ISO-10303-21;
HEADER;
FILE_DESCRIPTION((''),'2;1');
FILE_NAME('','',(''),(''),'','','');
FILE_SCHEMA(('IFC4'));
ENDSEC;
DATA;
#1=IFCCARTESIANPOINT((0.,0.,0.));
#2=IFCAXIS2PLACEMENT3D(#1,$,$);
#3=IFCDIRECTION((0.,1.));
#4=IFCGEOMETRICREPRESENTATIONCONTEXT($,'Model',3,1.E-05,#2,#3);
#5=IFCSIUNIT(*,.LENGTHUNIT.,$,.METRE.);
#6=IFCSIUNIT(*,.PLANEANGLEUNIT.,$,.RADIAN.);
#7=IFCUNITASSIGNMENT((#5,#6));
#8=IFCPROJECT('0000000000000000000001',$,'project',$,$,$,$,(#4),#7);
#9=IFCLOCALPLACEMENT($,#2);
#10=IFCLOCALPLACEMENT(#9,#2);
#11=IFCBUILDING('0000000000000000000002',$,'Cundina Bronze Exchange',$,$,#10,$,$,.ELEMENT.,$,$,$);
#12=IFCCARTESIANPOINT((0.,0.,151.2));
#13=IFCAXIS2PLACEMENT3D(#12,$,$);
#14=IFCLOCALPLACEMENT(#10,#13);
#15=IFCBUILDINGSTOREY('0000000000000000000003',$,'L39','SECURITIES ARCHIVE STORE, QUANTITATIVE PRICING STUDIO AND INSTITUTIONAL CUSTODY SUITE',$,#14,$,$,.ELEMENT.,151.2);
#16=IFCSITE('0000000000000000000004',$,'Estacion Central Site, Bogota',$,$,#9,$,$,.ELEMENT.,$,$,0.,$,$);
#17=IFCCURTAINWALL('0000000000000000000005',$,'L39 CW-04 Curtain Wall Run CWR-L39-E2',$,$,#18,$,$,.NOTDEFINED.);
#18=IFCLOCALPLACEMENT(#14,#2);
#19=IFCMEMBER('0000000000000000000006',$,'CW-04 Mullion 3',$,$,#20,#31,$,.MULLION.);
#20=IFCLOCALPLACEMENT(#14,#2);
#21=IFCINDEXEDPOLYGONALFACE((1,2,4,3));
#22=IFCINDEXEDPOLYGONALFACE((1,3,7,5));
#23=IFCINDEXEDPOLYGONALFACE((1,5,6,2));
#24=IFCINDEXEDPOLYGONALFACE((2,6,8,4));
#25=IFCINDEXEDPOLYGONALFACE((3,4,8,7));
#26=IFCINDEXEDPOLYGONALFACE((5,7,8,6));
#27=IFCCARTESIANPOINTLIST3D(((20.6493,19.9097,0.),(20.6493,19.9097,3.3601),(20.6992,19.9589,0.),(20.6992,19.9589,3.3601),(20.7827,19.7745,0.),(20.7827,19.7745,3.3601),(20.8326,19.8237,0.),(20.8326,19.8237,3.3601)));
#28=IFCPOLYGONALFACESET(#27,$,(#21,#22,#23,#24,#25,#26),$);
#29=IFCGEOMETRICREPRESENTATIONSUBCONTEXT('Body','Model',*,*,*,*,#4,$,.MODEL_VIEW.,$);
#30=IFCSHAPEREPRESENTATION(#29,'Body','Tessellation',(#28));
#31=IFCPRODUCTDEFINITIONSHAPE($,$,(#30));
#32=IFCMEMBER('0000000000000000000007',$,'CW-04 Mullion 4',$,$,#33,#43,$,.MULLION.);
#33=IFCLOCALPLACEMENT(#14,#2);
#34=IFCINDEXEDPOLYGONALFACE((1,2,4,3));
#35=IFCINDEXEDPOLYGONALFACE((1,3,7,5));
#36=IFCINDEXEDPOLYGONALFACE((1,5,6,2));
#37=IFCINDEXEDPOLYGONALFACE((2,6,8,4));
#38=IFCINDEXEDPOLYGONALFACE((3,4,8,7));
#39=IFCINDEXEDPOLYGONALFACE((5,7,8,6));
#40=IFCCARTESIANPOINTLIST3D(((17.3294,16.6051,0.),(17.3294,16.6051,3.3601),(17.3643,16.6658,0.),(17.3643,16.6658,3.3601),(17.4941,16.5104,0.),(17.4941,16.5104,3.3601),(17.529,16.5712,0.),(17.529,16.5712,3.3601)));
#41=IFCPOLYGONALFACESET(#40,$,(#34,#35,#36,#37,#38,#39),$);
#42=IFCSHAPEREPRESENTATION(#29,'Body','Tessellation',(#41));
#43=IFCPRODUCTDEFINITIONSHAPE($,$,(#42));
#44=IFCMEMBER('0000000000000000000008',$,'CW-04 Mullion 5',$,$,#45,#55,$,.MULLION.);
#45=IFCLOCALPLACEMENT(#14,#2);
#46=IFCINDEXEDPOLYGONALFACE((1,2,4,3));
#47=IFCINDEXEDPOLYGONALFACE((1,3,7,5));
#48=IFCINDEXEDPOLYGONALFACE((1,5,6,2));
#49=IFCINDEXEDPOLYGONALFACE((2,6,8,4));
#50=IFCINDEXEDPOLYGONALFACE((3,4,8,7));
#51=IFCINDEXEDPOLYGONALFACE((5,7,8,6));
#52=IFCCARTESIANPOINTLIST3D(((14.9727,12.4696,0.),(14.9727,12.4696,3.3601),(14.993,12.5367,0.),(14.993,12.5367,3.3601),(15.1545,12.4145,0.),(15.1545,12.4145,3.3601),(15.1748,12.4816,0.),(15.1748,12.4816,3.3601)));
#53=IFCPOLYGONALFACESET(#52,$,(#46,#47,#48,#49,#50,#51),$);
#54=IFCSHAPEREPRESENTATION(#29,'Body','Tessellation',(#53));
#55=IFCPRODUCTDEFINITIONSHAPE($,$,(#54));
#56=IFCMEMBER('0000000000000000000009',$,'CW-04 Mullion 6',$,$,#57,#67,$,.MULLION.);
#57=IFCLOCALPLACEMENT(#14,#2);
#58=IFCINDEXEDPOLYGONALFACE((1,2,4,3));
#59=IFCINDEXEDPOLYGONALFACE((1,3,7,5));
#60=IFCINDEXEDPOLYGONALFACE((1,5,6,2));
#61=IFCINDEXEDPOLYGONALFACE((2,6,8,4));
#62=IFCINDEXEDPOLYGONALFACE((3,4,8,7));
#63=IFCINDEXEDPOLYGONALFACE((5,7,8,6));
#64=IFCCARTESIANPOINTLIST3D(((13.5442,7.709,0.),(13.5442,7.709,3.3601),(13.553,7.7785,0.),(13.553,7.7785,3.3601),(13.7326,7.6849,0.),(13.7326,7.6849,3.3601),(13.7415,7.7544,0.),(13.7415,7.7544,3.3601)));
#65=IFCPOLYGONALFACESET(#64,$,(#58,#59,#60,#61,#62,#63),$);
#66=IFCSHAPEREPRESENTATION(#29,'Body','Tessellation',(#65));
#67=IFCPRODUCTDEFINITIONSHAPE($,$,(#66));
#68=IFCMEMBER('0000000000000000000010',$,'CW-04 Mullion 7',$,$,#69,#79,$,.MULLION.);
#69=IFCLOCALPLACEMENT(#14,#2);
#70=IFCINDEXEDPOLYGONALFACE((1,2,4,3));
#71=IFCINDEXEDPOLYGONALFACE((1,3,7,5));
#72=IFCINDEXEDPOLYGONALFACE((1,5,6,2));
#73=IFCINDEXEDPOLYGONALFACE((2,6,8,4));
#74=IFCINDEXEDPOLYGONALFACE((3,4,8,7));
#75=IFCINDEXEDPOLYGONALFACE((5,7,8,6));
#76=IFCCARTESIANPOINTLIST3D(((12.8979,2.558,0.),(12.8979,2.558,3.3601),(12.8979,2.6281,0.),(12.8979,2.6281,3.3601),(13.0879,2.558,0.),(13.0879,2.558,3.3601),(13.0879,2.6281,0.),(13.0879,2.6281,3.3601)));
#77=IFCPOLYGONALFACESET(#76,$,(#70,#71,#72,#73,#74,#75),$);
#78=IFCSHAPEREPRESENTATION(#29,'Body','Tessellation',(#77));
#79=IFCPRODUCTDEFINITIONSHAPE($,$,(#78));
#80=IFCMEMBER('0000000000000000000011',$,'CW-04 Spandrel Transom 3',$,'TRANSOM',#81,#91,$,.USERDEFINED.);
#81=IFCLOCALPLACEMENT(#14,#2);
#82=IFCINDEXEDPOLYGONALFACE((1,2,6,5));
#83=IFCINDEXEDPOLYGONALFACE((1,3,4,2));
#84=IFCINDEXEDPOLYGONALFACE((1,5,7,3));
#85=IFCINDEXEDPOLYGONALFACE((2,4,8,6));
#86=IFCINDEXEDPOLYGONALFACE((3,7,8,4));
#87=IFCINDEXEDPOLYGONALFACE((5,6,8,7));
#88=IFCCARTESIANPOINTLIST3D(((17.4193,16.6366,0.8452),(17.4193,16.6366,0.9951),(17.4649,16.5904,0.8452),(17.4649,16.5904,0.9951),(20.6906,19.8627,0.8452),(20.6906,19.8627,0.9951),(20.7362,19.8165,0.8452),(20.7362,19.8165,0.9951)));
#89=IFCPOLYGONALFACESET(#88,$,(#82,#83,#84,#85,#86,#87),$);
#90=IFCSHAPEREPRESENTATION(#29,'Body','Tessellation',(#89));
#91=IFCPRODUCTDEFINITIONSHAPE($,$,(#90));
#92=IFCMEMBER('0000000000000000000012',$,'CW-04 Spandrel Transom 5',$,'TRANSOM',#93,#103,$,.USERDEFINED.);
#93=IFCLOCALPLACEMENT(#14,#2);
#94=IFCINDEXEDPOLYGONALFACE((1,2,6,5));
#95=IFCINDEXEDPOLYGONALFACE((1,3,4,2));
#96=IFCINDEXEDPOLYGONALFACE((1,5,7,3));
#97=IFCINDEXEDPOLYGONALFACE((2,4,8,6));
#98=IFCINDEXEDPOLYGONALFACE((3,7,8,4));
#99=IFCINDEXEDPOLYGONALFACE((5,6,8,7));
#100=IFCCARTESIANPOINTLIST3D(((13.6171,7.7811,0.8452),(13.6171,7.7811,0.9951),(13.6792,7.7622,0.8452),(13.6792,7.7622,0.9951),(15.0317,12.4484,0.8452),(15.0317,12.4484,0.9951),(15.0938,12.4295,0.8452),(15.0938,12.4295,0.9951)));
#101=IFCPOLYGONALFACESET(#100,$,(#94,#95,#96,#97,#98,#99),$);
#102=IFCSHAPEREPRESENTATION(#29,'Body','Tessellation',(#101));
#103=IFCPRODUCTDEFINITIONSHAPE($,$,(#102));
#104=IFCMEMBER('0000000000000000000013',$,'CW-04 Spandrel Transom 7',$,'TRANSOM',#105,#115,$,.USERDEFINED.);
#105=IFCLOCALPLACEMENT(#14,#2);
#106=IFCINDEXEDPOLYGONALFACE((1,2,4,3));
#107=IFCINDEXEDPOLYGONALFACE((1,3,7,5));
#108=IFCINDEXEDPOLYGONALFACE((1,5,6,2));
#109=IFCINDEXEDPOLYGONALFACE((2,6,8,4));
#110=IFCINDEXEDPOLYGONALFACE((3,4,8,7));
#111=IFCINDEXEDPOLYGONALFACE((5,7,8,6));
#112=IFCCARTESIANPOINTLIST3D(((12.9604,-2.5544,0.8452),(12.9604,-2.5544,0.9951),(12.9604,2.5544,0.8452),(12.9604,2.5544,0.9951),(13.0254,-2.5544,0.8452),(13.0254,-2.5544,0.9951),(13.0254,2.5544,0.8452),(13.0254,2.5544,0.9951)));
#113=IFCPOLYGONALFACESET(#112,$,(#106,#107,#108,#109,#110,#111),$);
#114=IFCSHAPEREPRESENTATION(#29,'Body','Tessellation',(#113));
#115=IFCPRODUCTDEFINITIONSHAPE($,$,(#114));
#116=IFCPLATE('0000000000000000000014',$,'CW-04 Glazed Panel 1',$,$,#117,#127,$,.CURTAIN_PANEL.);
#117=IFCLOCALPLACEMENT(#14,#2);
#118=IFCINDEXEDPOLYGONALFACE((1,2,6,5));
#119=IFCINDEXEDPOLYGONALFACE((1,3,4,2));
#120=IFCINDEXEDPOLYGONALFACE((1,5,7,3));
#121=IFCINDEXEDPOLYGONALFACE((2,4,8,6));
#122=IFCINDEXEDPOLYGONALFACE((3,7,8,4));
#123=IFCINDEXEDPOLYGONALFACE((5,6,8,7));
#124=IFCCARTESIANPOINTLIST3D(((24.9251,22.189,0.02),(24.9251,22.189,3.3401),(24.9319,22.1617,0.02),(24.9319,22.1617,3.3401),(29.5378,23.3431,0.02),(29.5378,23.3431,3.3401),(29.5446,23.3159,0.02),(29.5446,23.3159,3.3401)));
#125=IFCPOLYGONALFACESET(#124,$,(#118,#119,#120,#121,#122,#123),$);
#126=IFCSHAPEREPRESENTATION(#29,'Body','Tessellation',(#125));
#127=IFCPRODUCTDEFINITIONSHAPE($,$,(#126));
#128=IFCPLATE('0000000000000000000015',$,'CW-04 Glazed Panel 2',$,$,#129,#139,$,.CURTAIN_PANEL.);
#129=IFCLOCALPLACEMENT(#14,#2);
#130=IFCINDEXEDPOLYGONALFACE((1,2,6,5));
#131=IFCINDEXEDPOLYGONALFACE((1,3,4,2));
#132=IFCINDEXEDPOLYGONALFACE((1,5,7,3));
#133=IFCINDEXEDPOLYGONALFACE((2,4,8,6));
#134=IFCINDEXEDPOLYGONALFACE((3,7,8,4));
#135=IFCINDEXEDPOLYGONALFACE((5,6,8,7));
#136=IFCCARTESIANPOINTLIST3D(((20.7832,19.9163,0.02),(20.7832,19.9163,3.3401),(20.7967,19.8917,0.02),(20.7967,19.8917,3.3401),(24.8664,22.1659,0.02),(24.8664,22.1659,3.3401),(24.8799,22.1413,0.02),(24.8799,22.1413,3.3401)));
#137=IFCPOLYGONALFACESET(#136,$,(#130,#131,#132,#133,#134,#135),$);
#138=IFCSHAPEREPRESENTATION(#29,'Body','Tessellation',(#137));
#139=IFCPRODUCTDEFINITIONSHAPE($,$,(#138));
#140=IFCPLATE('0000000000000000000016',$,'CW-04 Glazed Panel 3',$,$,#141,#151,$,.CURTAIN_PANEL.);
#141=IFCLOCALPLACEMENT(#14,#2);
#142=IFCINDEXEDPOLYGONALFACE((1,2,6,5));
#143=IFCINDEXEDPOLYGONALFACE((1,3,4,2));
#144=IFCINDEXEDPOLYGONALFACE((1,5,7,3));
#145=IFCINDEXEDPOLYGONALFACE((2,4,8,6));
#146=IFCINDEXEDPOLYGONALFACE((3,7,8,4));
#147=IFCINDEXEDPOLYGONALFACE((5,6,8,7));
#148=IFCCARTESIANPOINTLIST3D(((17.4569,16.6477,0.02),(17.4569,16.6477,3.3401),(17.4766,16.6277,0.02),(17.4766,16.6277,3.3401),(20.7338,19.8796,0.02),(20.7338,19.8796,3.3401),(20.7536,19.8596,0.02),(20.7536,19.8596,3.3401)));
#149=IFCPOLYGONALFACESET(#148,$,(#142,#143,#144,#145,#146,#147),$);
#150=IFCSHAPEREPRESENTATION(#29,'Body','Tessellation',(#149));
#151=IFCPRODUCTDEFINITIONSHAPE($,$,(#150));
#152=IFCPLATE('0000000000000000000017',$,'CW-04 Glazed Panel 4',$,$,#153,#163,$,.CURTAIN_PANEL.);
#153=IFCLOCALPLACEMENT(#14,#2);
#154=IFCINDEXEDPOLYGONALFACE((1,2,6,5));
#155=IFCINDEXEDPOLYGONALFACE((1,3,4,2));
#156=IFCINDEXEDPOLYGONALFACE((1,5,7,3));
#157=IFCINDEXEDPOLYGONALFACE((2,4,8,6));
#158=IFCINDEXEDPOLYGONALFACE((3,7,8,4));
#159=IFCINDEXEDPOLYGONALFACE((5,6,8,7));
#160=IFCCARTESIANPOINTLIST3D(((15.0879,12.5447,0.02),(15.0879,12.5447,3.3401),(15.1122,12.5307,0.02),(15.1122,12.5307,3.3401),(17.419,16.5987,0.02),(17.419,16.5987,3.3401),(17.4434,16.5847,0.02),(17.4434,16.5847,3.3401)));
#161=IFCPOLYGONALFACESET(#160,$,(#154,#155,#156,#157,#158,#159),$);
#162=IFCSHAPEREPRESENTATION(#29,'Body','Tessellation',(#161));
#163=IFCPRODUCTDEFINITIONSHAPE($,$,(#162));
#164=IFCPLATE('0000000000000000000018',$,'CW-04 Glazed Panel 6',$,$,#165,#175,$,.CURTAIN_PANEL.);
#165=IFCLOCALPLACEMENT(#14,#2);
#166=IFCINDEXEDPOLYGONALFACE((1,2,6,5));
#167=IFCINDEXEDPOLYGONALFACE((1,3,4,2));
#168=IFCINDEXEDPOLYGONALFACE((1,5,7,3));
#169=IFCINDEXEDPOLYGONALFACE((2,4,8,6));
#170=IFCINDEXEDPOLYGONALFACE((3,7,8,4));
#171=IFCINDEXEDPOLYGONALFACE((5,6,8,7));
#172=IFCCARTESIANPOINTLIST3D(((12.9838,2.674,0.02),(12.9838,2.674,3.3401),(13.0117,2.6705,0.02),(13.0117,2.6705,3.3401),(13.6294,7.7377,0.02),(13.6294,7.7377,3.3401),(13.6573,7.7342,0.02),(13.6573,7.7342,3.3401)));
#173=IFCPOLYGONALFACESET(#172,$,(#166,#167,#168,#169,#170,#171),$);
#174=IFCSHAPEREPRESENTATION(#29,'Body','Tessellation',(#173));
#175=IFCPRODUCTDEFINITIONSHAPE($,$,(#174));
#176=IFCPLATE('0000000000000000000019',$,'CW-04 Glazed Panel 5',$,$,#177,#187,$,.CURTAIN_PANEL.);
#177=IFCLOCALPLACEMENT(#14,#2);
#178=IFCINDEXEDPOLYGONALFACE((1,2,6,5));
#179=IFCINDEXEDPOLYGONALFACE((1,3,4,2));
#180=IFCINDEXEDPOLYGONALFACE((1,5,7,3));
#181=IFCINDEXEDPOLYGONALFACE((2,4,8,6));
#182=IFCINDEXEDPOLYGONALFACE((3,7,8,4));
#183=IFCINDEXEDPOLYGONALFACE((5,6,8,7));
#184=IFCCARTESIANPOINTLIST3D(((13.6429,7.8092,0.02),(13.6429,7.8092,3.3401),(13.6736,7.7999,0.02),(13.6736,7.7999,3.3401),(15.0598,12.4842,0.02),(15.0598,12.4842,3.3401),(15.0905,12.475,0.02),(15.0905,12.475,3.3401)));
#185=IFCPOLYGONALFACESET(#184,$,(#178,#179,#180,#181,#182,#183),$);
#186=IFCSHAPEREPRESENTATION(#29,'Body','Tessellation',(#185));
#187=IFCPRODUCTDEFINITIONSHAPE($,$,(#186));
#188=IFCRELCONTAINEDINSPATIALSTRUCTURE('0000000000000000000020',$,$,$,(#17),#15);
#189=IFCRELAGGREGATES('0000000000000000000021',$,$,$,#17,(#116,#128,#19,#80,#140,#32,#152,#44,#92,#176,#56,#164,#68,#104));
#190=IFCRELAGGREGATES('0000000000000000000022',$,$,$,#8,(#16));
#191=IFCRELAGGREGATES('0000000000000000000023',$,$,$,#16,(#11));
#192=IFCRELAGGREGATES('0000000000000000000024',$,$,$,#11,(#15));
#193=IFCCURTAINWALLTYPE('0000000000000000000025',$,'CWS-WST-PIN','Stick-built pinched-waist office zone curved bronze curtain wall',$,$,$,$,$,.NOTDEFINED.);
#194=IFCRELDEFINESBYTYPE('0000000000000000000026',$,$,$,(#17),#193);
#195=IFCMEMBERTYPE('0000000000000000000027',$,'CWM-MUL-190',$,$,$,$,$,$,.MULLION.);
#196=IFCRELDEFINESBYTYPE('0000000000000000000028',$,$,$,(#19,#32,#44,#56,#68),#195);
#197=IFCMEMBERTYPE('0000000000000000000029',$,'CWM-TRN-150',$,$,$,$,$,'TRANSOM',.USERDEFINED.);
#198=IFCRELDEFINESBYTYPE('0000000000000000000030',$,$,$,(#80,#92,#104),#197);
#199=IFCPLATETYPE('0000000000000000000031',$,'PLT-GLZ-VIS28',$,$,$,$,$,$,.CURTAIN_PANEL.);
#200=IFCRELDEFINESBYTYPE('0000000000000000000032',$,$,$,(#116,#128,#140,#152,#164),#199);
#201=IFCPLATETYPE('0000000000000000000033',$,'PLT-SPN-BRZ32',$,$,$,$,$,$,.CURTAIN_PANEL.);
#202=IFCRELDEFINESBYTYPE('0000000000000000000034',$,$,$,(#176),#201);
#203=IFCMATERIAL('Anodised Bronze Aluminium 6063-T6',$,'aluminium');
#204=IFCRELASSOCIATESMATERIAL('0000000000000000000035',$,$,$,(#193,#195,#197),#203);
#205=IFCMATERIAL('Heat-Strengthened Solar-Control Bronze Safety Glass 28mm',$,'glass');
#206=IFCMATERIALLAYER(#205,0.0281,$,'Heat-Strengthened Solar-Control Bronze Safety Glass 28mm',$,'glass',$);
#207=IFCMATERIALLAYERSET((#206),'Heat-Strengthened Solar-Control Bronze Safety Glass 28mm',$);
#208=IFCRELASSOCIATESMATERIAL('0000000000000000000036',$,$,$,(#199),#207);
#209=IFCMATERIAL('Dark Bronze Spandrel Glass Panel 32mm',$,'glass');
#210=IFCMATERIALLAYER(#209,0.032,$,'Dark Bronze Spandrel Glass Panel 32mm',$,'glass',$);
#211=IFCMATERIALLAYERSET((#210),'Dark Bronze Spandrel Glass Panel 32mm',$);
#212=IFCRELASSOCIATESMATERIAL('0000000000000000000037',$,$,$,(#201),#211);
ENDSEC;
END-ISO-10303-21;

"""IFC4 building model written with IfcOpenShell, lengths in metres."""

from ifc_helpers import new_model, si_unit, direction, frame, origin, origin_2d, place, context, subcontext, project, spatial, rectangle, extrude, material, layer, layer_set, material_profile, profile_set, type_object, element, aggregate, save


model = new_model("IFC4")

# Units and contexts
model_context = context("Model", 3, precision=1e-05, world=origin(), true_north=direction((0.0, 1.0)))
body_context = subcontext(model_context, "Body", "Model", "MODEL_VIEW")
ifc_project = project(units=[si_unit("LENGTHUNIT", "METRE"), si_unit("PLANEANGLEUNIT", "RADIAN")], contexts=[model_context])

# Site, building, storey
site_placement = place(None, origin())
site = spatial("IfcSite", under=ifc_project, at=site_placement, Name="Estacion Central Site, Bogota", CompositionType="ELEMENT", RefElevation=0.0)
building_placement = place(site_placement, origin())
building = spatial("IfcBuilding", under=site, at=building_placement, Name="Cundina Bronze Exchange", CompositionType="ELEMENT")
storey_placement = place(building_placement, frame((0.0, 0.0, 151.2)))
storey = spatial("IfcBuildingStorey", under=building, at=storey_placement, Name="L39", Description="SECURITIES ARCHIVE STORE, QUANTITATIVE PRICING STUDIO AND INSTITUTIONAL CUSTODY SUITE", CompositionType="ELEMENT", Elevation=151.2)

# Curtain wall, members, plates
ifc_material_1 = material(Name="Anodised Bronze Aluminium 6063-T6", Category="aluminium")
curtain_wall_type = type_object("IfcCurtainWallType", Name="CWS-WST-PIN", Description="Stick-built pinched-waist office zone curved bronze curtain wall", PredefinedType="NOTDEFINED", material=ifc_material_1)
curtain_wall_placement = place(storey_placement, origin())
curtain_wall = element("IfcCurtainWall", 1, at=curtain_wall_placement, inside=storey, type_object=curtain_wall_type, Name="L39 CW-04 Curtain Wall Run CWR-L39-E2", PredefinedType="NOTDEFINED")
ifc_material_profile_1 = material_profile(ifc_material_1, rectangle(XDim=0.0701, YDim=0.1899, at=origin_2d()), Name="AL70X190", Category="aluminium")
ifc_profile_set_1 = profile_set([ifc_material_profile_1], Name="Anodised Bronze Aluminium 6063-T6")
member_type_1 = type_object("IfcMemberType", Name="CWM-MUL-190", PredefinedType="MULLION", material=ifc_profile_set_1)
member_1_placement = place(storey_placement, frame((20.741, 19.8667, 0.0), z_axis=(0.0, 0.0, 1.0), x_axis=(-0.712026, -0.702153, 0.0)))
member_1 = element("IfcMember", 2, at=member_1_placement, type_object=member_type_1, Name="CW-04 Mullion 3", PredefinedType="MULLION", context=body_context, shape_type="SweptSolid", body=[
    extrude(rectangle(XDim=0.0701, YDim=0.1899, at=origin_2d()), origin(), (0.0, 0.0, 1.0), 3.3601),
])
member_2_placement = place(storey_placement, frame((17.4292, 16.5881, 0.0), z_axis=(0.0, 0.0, 1.0), x_axis=(-0.498488, -0.866897, 0.0)))
member_2 = element("IfcMember", 3, at=member_2_placement, type_object=member_type_1, Name="CW-04 Mullion 4", PredefinedType="MULLION", context=body_context, shape_type="SweptSolid", body=[
    extrude(rectangle(XDim=0.0701, YDim=0.1899, at=origin_2d()), origin(), (0.0, 0.0, 1.0), 3.3601),
])
member_3_placement = place(storey_placement, frame((15.0737, 12.4756, 0.0), z_axis=(0.0, 0.0, 1.0), x_axis=(-0.290034, -0.957016, 0.0)))
member_3 = element("IfcMember", 4, at=member_3_placement, type_object=member_type_1, Name="CW-04 Mullion 5", PredefinedType="MULLION", context=body_context, shape_type="SweptSolid", body=[
    extrude(rectangle(XDim=0.0701, YDim=0.1899, at=origin_2d()), origin(), (0.0, 0.0, 1.0), 3.3601),
])
member_4_placement = place(storey_placement, frame((13.6428, 7.7317, 0.0), z_axis=(0.0, 0.0, 1.0), x_axis=(-0.126545, -0.991961, 0.0)))
member_4 = element("IfcMember", 5, at=member_4_placement, type_object=member_type_1, Name="CW-04 Mullion 6", PredefinedType="MULLION", context=body_context, shape_type="SweptSolid", body=[
    extrude(rectangle(XDim=0.0701, YDim=0.1899, at=origin_2d()), origin(), (0.0, 0.0, 1.0), 3.3601),
])
member_5_placement = place(storey_placement, frame((12.9929, 2.593, 0.0), z_axis=(0.0, 0.0, 1.0), x_axis=(0.0, -1.0, 0.0)))
member_5 = element("IfcMember", 6, at=member_5_placement, type_object=member_type_1, Name="CW-04 Mullion 7", PredefinedType="MULLION", context=body_context, shape_type="SweptSolid", body=[
    extrude(rectangle(XDim=0.0701, YDim=0.1899, at=origin_2d()), origin(), (0.0, 0.0, 1.0), 3.3601),
])
ifc_material_profile_2 = material_profile(ifc_material_1, rectangle(XDim=0.0649, YDim=0.1499, at=origin_2d()), Name="AL65X150", Category="aluminium")
ifc_profile_set_2 = profile_set([ifc_material_profile_2], Name="Anodised Bronze Aluminium 6063-T6")
member_type_2 = type_object("IfcMemberType", Name="CWM-TRN-150", ElementType="TRANSOM", PredefinedType="USERDEFINED", material=ifc_profile_set_2)
member_6_placement = place(storey_placement, frame((20.7134, 19.8396, 0.9202), z_axis=(-0.712005, -0.702174, 0.0), x_axis=(0.702174, -0.712005, 0.0)))
member_6 = element("IfcMember", 7, at=member_6_placement, type_object=member_type_2, Name="CW-04 Spandrel Transom 3", ObjectType="TRANSOM", PredefinedType="USERDEFINED", context=body_context, shape_type="SweptSolid", body=[
    extrude(rectangle(XDim=0.0649, YDim=0.1499, at=origin_2d()), origin(), (0.0, 0.0, 1.0), 4.5945),
])
member_7_placement = place(storey_placement, frame((15.0627, 12.439, 0.9202), z_axis=(-0.290052, -0.957011, 0.0), x_axis=(0.957011, -0.290052, 0.0)))
member_7 = element("IfcMember", 8, at=member_7_placement, type_object=member_type_2, Name="CW-04 Spandrel Transom 5", ObjectType="TRANSOM", PredefinedType="USERDEFINED", context=body_context, shape_type="SweptSolid", body=[
    extrude(rectangle(XDim=0.0649, YDim=0.1499, at=origin_2d()), origin(), (0.0, 0.0, 1.0), 4.877),
])
member_8_placement = place(storey_placement, frame((12.9929, 2.5544, 0.9202), z_axis=(0.0, -1.0, 0.0), x_axis=(1.0, 0.0, 0.0)))
member_8 = element("IfcMember", 9, at=member_8_placement, type_object=member_type_2, Name="CW-04 Spandrel Transom 7", ObjectType="TRANSOM", PredefinedType="USERDEFINED", context=body_context, shape_type="SweptSolid", body=[
    extrude(rectangle(XDim=0.0649, YDim=0.1499, at=origin_2d()), origin(), (0.0, 0.0, 1.0), 5.1089),
])
ifc_material_2 = material(Name="Heat-Strengthened Solar-Control Bronze Safety Glass 28mm", Category="glass")
ifc_layer_1 = layer(ifc_material_2, 0.0281, Name="Heat-Strengthened Solar-Control Bronze Safety Glass 28mm", Category="glass")
ifc_layer_set_1 = layer_set([ifc_layer_1], Name="Heat-Strengthened Solar-Control Bronze Safety Glass 28mm")
plate_type_1 = type_object("IfcPlateType", Name="PLT-GLZ-VIS28", PredefinedType="CURTAIN_PANEL", material=ifc_layer_set_1)
plate_1_placement = place(storey_placement, frame((27.2349, 22.7524, 0.02), z_axis=(0.0, 0.0, 1.0), x_axis=(-0.970093, -0.242735, 0.0)))
plate_1 = element("IfcPlate", 10, at=plate_1_placement, type_object=plate_type_1, Name="CW-04 Glazed Panel 1", PredefinedType="CURTAIN_PANEL", context=body_context, shape_type="SweptSolid", body=[
    extrude(rectangle(XDim=4.7549, YDim=0.0281, at=origin_2d()), origin(), (0.0, 0.0, 1.0), 3.3201),
])
plate_2_placement = place(storey_placement, frame((22.8315, 21.0288, 0.02), z_axis=(0.0, 0.0, 1.0), x_axis=(-0.875869, -0.482549, 0.0)))
plate_2 = element("IfcPlate", 11, at=plate_2_placement, type_object=plate_type_1, Name="CW-04 Glazed Panel 2", PredefinedType="CURTAIN_PANEL", context=body_context, shape_type="SweptSolid", body=[
    extrude(rectangle(XDim=4.6619, YDim=0.0281, at=origin_2d()), origin(), (0.0, 0.0, 1.0), 3.3201),
])
plate_3_placement = place(storey_placement, frame((19.1052, 18.2537, 0.02), z_axis=(0.0, 0.0, 1.0), x_axis=(-0.711989, -0.70219, 0.0)))
plate_3 = element("IfcPlate", 12, at=plate_3_placement, type_object=plate_type_1, Name="CW-04 Glazed Panel 3", PredefinedType="CURTAIN_PANEL", context=body_context, shape_type="SweptSolid", body=[
    extrude(rectangle(XDim=4.6025, YDim=0.0281, at=origin_2d()), origin(), (0.0, 0.0, 1.0), 3.3201),
])
plate_4_placement = place(storey_placement, frame((16.2656, 14.5647, 0.02), z_axis=(0.0, 0.0, 1.0), x_axis=(-0.498488, -0.866897, 0.0)))
plate_4 = element("IfcPlate", 13, at=plate_4_placement, type_object=plate_type_1, Name="CW-04 Glazed Panel 4", PredefinedType="CURTAIN_PANEL", context=body_context, shape_type="SweptSolid", body=[
    extrude(rectangle(XDim=4.6765, YDim=0.0281, at=origin_2d()), origin(), (0.0, 0.0, 1.0), 3.3201),
])
plate_5_placement = place(storey_placement, frame((13.3206, 5.2041, 0.02), z_axis=(0.0, 0.0, 1.0), x_axis=(-0.126476, -0.99197, 0.0)))
plate_5 = element("IfcPlate", 14, at=plate_5_placement, type_object=plate_type_1, Name="CW-04 Glazed Panel 6", PredefinedType="CURTAIN_PANEL", context=body_context, shape_type="SweptSolid", body=[
    extrude(rectangle(XDim=5.1047, YDim=0.0281, at=origin_2d()), origin(), (0.0, 0.0, 1.0), 3.3201),
])
ifc_material_3 = material(Name="Dark Bronze Spandrel Glass Panel 32mm", Category="glass")
ifc_layer_2 = layer(ifc_material_3, 0.032, Name="Dark Bronze Spandrel Glass Panel 32mm", Category="glass")
ifc_layer_set_2 = layer_set([ifc_layer_2], Name="Dark Bronze Spandrel Glass Panel 32mm")
plate_type_2 = type_object("IfcPlateType", Name="PLT-SPN-BRZ32", PredefinedType="CURTAIN_PANEL", material=ifc_layer_set_2)
plate_6_placement = place(storey_placement, frame((14.3667, 10.1421, 0.02), z_axis=(0.0, 0.0, 1.0), x_axis=(-0.290051, -0.957011, 0.0)))
plate_6 = element("IfcPlate", 15, at=plate_6_placement, type_object=plate_type_2, Name="CW-04 Glazed Panel 5", PredefinedType="CURTAIN_PANEL", context=body_context, shape_type="SweptSolid", body=[
    extrude(rectangle(XDim=4.885, YDim=0.032, at=origin_2d()), origin(), (0.0, 0.0, 1.0), 3.3201),
])
aggregate(curtain_wall, [plate_1, plate_2, member_1, member_6, plate_3, member_2, plate_4, member_3, member_7, plate_6, member_4, plate_5, member_5, member_8])

save(model, "model.ifc")
